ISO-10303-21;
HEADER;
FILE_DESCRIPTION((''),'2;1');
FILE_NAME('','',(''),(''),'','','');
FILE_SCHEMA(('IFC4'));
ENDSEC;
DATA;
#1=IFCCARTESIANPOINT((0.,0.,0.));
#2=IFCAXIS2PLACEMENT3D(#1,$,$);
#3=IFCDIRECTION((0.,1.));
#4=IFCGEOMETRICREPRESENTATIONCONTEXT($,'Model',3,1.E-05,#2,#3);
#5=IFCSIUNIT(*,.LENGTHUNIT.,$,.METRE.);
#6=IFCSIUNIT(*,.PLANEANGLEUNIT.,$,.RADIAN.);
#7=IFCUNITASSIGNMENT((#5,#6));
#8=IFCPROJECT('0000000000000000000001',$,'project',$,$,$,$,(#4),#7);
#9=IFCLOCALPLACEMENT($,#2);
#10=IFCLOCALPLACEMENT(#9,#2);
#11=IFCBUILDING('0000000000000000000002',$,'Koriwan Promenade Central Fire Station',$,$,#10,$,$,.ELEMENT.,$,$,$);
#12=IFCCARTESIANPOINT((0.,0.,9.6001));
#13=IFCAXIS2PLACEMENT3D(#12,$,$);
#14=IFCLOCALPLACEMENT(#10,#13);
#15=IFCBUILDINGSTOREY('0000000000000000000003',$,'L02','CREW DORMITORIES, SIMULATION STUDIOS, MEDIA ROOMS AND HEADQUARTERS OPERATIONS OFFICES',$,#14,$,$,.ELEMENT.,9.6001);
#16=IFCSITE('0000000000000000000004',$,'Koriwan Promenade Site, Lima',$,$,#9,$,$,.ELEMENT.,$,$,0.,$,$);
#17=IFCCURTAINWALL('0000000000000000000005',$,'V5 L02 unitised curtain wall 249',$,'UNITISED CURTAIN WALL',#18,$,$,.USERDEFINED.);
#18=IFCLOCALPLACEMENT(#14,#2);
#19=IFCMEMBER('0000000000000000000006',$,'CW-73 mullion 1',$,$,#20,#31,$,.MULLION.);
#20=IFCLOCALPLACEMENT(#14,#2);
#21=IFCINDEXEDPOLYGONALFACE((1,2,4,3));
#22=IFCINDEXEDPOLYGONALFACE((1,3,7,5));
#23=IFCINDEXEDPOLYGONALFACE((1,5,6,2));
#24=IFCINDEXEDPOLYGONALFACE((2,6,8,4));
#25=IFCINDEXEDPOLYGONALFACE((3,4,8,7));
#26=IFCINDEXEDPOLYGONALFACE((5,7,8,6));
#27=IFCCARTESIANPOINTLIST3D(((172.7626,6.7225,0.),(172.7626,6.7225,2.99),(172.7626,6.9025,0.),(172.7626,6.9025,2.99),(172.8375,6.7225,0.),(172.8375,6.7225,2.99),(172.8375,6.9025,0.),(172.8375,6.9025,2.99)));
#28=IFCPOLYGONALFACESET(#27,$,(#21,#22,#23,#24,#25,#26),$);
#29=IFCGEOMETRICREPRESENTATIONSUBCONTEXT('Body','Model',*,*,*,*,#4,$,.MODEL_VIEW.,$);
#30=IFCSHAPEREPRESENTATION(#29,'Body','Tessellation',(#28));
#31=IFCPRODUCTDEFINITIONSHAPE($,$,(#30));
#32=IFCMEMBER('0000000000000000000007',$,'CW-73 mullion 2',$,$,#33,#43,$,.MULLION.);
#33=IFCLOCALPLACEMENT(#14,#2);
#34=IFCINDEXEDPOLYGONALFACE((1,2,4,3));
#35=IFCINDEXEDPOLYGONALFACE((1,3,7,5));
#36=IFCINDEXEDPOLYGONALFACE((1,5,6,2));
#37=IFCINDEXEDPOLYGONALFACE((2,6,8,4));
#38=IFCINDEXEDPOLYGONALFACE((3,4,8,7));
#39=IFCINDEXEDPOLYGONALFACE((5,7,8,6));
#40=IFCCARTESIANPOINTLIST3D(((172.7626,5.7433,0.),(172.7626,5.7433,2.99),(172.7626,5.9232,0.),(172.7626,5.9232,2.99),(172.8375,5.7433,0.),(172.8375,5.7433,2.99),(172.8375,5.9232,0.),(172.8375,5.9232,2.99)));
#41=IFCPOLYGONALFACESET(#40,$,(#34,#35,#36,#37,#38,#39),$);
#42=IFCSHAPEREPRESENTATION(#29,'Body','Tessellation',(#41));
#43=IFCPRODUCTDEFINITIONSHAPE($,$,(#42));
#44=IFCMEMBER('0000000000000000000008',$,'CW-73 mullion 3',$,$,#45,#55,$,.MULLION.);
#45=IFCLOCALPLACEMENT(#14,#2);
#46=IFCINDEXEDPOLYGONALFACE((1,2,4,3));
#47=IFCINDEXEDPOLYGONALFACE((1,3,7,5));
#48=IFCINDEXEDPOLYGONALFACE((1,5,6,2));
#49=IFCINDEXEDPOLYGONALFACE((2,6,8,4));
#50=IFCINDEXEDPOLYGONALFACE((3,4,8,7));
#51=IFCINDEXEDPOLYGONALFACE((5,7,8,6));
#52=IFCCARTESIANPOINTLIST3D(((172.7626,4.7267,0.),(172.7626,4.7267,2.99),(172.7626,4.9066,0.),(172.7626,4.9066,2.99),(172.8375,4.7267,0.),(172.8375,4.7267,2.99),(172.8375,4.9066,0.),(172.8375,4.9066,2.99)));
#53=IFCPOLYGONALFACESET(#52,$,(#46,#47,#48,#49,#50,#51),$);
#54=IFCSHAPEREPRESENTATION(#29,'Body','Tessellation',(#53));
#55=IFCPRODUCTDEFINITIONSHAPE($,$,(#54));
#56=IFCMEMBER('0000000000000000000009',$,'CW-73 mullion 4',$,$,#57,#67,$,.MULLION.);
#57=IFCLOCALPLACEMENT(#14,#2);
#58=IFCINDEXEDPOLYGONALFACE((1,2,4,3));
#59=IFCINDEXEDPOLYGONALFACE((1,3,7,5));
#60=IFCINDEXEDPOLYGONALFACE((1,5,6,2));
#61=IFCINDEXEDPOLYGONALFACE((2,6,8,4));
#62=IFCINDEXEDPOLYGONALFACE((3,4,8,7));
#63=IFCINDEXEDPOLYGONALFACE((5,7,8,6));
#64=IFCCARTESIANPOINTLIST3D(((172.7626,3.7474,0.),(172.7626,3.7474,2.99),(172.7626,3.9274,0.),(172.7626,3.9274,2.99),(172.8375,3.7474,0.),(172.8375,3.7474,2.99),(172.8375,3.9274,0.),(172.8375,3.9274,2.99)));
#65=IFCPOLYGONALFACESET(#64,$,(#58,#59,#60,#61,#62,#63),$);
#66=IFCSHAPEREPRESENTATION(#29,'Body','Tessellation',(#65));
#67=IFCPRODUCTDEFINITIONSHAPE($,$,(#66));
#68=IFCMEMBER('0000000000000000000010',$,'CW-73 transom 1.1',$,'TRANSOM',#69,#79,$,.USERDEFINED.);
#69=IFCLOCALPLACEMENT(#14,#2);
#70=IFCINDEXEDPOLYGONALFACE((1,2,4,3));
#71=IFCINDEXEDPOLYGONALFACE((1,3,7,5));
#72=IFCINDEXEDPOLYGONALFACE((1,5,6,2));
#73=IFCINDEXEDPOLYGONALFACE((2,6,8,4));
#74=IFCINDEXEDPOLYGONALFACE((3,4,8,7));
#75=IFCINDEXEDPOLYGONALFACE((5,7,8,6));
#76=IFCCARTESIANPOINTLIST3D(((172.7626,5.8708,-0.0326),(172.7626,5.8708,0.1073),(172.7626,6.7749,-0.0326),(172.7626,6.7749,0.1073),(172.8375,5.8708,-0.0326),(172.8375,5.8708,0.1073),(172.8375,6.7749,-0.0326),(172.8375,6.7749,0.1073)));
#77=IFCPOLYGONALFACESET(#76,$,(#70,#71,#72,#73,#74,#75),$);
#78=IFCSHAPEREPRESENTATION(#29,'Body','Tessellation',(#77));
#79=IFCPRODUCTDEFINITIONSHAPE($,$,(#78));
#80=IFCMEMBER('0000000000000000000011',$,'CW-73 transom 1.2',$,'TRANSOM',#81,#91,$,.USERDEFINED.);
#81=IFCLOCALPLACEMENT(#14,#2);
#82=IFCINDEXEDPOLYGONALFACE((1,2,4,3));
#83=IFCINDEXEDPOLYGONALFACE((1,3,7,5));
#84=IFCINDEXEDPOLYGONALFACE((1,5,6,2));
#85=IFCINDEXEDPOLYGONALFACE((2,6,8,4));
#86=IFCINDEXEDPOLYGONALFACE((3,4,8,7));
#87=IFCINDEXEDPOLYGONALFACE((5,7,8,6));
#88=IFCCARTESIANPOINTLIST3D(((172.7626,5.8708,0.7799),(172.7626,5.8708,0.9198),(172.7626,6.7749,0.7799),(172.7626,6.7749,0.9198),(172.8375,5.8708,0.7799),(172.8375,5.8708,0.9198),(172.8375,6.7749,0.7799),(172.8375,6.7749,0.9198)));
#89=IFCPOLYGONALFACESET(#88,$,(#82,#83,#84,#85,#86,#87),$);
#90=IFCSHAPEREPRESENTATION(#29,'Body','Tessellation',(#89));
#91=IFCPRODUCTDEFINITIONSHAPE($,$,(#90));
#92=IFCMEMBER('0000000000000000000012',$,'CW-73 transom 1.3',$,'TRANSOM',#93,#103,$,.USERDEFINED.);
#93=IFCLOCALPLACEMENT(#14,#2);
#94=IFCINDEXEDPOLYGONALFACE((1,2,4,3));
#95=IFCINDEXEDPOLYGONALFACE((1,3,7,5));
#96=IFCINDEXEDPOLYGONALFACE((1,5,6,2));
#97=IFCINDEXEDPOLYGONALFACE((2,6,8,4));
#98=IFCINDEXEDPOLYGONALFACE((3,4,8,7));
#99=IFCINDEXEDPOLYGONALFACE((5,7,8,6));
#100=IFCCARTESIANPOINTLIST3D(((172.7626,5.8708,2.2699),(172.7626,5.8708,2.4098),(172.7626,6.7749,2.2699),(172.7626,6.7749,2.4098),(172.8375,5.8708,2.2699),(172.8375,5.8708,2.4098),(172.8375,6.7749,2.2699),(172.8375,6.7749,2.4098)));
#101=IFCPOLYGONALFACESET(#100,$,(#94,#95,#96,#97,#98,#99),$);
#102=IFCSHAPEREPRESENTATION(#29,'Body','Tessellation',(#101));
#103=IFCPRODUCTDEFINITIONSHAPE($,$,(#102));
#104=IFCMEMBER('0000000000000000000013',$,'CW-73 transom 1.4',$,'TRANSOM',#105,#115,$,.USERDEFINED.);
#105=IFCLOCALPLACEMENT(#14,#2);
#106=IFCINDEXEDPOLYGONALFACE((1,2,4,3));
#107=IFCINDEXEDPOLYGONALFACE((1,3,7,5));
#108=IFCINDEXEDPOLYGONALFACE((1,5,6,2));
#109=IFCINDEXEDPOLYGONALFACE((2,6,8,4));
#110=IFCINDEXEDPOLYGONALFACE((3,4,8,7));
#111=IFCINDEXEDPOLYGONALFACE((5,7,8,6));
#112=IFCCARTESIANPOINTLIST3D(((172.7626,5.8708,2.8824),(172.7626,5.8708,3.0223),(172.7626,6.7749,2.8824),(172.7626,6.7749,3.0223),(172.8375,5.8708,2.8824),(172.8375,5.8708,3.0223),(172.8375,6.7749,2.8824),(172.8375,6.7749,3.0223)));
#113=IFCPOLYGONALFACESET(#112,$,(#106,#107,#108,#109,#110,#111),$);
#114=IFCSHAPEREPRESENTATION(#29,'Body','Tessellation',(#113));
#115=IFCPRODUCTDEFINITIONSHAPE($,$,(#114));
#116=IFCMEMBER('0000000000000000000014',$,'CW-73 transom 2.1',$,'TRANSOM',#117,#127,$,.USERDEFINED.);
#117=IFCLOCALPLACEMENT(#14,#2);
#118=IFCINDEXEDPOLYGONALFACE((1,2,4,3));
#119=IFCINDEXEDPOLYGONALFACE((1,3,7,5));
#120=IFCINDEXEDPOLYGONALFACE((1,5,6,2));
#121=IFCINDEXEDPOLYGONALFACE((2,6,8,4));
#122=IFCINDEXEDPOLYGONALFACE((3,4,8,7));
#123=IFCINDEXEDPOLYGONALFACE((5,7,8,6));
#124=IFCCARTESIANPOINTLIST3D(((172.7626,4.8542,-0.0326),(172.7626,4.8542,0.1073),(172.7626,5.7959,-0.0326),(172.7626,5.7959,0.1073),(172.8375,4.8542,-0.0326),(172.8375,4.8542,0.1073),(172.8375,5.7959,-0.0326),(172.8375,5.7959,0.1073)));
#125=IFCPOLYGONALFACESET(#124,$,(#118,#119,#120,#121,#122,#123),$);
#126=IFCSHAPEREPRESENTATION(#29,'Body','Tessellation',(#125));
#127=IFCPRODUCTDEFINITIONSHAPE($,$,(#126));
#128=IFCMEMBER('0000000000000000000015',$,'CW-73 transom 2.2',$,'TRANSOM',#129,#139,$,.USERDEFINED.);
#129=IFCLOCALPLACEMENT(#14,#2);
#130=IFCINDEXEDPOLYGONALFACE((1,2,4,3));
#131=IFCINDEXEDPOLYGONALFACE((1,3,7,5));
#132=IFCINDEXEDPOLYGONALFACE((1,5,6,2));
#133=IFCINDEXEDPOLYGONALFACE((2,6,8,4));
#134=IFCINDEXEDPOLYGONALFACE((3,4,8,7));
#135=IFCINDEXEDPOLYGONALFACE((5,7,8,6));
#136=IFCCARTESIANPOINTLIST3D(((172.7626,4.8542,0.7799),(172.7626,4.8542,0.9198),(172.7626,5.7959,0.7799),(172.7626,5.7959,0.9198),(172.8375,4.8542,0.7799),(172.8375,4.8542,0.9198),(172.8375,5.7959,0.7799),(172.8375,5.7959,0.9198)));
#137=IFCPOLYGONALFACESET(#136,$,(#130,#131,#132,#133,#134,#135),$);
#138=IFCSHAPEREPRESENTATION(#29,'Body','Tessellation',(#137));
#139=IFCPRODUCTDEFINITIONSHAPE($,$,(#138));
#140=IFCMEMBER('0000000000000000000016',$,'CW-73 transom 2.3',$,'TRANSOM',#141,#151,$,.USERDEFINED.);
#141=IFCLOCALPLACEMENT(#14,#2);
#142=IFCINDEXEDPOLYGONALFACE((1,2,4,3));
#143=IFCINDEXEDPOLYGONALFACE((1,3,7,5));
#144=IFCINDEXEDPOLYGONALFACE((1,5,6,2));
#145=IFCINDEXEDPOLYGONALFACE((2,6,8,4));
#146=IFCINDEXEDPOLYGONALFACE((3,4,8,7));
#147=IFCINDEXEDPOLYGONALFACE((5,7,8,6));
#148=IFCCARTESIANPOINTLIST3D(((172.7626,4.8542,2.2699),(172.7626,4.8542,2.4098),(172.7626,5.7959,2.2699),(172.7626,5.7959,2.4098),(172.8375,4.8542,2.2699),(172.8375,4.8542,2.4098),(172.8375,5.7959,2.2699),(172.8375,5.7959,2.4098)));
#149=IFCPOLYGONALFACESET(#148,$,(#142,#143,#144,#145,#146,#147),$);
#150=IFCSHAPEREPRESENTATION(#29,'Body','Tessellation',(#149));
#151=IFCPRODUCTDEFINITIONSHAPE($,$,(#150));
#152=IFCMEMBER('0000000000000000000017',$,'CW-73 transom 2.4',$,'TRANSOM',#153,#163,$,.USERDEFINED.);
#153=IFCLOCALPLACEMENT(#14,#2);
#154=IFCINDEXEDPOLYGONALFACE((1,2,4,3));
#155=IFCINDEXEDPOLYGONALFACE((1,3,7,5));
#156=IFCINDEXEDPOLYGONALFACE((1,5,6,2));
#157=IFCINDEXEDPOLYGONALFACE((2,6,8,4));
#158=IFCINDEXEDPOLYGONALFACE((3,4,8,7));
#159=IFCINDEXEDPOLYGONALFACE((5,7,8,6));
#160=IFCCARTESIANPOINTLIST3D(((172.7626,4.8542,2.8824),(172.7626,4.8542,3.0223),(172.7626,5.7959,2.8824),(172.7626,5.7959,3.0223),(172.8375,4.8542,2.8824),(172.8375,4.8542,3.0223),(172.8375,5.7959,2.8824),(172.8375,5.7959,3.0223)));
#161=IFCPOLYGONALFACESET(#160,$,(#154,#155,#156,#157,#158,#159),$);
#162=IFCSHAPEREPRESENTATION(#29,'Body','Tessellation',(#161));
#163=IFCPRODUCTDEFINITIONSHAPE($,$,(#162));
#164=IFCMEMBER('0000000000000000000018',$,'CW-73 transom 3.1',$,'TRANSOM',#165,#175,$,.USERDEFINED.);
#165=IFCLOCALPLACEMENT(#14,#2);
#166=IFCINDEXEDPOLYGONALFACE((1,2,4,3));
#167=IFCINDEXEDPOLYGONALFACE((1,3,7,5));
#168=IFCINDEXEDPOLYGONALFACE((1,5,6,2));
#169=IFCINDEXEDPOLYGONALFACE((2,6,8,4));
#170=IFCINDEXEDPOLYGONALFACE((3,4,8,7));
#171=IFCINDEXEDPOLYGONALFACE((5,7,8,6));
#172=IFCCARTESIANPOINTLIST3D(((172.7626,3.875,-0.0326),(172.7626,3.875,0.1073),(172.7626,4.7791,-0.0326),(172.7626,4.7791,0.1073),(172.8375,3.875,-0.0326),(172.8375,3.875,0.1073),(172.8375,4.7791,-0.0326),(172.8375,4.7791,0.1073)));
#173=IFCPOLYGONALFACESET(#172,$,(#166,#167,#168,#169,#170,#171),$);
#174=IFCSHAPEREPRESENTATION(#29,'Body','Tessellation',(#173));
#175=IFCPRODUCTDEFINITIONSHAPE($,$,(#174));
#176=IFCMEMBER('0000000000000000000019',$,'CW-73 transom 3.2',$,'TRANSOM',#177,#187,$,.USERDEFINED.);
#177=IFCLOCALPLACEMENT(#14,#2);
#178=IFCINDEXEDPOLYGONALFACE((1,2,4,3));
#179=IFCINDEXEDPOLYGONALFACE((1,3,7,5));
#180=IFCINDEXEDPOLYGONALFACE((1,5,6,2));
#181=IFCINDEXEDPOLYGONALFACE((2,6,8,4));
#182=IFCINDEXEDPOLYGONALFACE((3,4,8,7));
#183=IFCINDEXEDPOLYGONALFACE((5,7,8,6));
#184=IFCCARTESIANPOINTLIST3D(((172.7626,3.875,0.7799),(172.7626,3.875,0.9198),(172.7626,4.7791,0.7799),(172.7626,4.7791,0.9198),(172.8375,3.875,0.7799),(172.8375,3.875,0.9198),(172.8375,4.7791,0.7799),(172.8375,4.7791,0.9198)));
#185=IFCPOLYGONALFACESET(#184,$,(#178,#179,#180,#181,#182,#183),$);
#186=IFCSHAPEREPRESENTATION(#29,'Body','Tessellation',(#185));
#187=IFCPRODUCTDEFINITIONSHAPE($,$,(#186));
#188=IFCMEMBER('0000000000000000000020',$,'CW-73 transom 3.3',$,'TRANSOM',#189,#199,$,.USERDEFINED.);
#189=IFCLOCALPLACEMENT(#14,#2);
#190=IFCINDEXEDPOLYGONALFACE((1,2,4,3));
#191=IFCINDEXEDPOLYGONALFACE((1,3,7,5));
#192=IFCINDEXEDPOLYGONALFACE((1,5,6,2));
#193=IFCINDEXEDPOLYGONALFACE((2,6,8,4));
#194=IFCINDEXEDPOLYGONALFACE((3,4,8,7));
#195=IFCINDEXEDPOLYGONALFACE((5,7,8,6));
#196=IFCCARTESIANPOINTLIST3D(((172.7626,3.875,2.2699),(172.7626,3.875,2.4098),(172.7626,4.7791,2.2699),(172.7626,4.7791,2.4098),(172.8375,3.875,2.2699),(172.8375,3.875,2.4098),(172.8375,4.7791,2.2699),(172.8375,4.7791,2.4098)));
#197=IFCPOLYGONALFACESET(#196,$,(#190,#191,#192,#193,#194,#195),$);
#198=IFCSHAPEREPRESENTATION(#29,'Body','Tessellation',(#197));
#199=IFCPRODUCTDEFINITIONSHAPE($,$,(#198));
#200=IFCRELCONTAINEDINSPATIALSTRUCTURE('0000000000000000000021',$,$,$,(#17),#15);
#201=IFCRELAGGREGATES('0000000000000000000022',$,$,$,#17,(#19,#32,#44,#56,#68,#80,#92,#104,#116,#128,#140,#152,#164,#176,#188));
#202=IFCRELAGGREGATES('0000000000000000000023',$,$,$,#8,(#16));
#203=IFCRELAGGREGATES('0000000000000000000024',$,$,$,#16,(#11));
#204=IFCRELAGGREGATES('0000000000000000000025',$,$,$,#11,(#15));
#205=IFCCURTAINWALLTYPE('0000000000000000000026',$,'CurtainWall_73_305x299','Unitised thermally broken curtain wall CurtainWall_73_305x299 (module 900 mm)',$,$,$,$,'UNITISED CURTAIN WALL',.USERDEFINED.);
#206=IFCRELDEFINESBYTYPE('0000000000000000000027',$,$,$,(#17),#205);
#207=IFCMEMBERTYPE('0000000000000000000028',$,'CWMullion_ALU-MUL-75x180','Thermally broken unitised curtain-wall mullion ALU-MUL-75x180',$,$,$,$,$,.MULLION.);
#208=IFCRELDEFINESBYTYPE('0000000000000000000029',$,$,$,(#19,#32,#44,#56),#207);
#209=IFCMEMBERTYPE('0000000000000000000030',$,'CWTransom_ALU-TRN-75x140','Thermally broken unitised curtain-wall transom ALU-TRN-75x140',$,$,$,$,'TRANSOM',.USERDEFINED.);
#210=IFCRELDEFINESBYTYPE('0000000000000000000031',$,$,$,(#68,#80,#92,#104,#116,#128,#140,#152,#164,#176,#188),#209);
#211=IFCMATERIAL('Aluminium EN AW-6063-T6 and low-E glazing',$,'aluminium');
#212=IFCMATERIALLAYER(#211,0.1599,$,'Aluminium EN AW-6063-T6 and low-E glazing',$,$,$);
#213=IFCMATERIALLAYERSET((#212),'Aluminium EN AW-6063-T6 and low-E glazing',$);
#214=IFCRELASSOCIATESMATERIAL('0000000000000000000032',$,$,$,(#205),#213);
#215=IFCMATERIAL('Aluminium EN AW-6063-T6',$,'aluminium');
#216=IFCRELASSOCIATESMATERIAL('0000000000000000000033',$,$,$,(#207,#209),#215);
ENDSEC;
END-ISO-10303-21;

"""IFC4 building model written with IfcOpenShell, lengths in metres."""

from ifc_helpers import new_model, si_unit, direction, frame, origin, origin_2d, place, context, subcontext, project, spatial, rectangle, extrude, material, layer, layer_set, material_profile, profile_set, type_object, element, aggregate, save


model = new_model("IFC4")

# Units and contexts
model_context = context("Model", 3, precision=1e-05, world=origin(), true_north=direction((0.0, 1.0)))
body_context = subcontext(model_context, "Body", "Model", "MODEL_VIEW")
ifc_project = project(units=[si_unit("LENGTHUNIT", "METRE"), si_unit("PLANEANGLEUNIT", "RADIAN")], contexts=[model_context])

# Site, building, storey
site_placement = place(None, origin())
site = spatial("IfcSite", under=ifc_project, at=site_placement, Name="Koriwan Promenade Site, Lima", CompositionType="ELEMENT", RefElevation=0.0)
building_placement = place(site_placement, origin())
building = spatial("IfcBuilding", under=site, at=building_placement, Name="Koriwan Promenade Central Fire Station", CompositionType="ELEMENT")
storey_placement = place(building_placement, frame((0.0, 0.0, 9.6001)))
storey = spatial("IfcBuildingStorey", under=building, at=storey_placement, Name="L02", Description="CREW DORMITORIES, SIMULATION STUDIOS, MEDIA ROOMS AND HEADQUARTERS OPERATIONS OFFICES", CompositionType="ELEMENT", Elevation=9.6001)

# Curtain wall, members
ifc_material_1 = material(Name="Aluminium EN AW-6063-T6 and low-E glazing", Category="aluminium")
ifc_layer_1 = layer(ifc_material_1, 0.1599, Name="Aluminium EN AW-6063-T6 and low-E glazing")
ifc_layer_set_1 = layer_set([ifc_layer_1], Name="Aluminium EN AW-6063-T6 and low-E glazing")
curtain_wall_type = type_object("IfcCurtainWallType", Name="CurtainWall_73_305x299", Description="Unitised thermally broken curtain wall CurtainWall_73_305x299 (module 900 mm)", ElementType="UNITISED CURTAIN WALL", PredefinedType="USERDEFINED", material=ifc_layer_set_1)
curtain_wall_placement = place(storey_placement, origin())
curtain_wall = element("IfcCurtainWall", 1, at=curtain_wall_placement, inside=storey, type_object=curtain_wall_type, Name="V5 L02 unitised curtain wall 249", ObjectType="UNITISED CURTAIN WALL", PredefinedType="USERDEFINED")
ifc_material_2 = material(Name="Aluminium EN AW-6063-T6", Category="aluminium")
ifc_material_profile_1 = material_profile(ifc_material_2, rectangle(XDim=0.075, YDim=0.1799, at=origin_2d()), Name="ALU-MUL-75x180")
ifc_profile_set_1 = profile_set([ifc_material_profile_1], Name="Aluminium EN AW-6063-T6")
member_type_1 = type_object("IfcMemberType", Name="CWMullion_ALU-MUL-75x180", Description="Thermally broken unitised curtain-wall mullion ALU-MUL-75x180", PredefinedType="MULLION", material=ifc_profile_set_1)
member_1_placement = place(storey_placement, frame((172.8, 6.8125, 0.0), z_axis=(0.0, 0.0, 1.0), x_axis=(1.0, 0.0, 0.0)))
member_1 = element("IfcMember", 2, at=member_1_placement, type_object=member_type_1, Name="CW-73 mullion 1", PredefinedType="MULLION", context=body_context, shape_type="SweptSolid", body=[
    extrude(rectangle(XDim=0.075, YDim=0.1799, at=origin_2d()), origin(), (0.0, 0.0, 1.0), 2.99),
])
member_2_placement = place(storey_placement, frame((172.8, 5.8333, 0.0), z_axis=(0.0, 0.0, 1.0), x_axis=(1.0, 0.0, 0.0)))
member_2 = element("IfcMember", 3, at=member_2_placement, type_object=member_type_1, Name="CW-73 mullion 2", PredefinedType="MULLION", context=body_context, shape_type="SweptSolid", body=[
    extrude(rectangle(XDim=0.075, YDim=0.1799, at=origin_2d()), origin(), (0.0, 0.0, 1.0), 2.99),
])
member_3_placement = place(storey_placement, frame((172.8, 4.8167, 0.0), z_axis=(0.0, 0.0, 1.0), x_axis=(1.0, 0.0, 0.0)))
member_3 = element("IfcMember", 4, at=member_3_placement, type_object=member_type_1, Name="CW-73 mullion 3", PredefinedType="MULLION", context=body_context, shape_type="SweptSolid", body=[
    extrude(rectangle(XDim=0.075, YDim=0.1799, at=origin_2d()), origin(), (0.0, 0.0, 1.0), 2.99),
])
member_4_placement = place(storey_placement, frame((172.8, 3.8374, 0.0), z_axis=(0.0, 0.0, 1.0), x_axis=(1.0, 0.0, 0.0)))
member_4 = element("IfcMember", 5, at=member_4_placement, type_object=member_type_1, Name="CW-73 mullion 4", PredefinedType="MULLION", context=body_context, shape_type="SweptSolid", body=[
    extrude(rectangle(XDim=0.075, YDim=0.1799, at=origin_2d()), origin(), (0.0, 0.0, 1.0), 2.99),
])
ifc_material_profile_2 = material_profile(ifc_material_2, rectangle(XDim=0.075, YDim=0.1399, at=origin_2d()), Name="ALU-TRN-75x140")
ifc_profile_set_2 = profile_set([ifc_material_profile_2], Name="Aluminium EN AW-6063-T6")
member_type_2 = type_object("IfcMemberType", Name="CWTransom_ALU-TRN-75x140", Description="Thermally broken unitised curtain-wall transom ALU-TRN-75x140", ElementType="TRANSOM", PredefinedType="USERDEFINED", material=ifc_profile_set_2)
member_5_placement = place(storey_placement, frame((172.8, 6.7749, 0.0374), z_axis=(0.0, -1.0, 0.0), x_axis=(1.0, 0.0, 0.0)))
member_5 = element("IfcMember", 6, at=member_5_placement, type_object=member_type_2, Name="CW-73 transom 1.1", ObjectType="TRANSOM", PredefinedType="USERDEFINED", context=body_context, shape_type="SweptSolid", body=[
    extrude(rectangle(XDim=0.075, YDim=0.1399, at=origin_2d()), origin(), (0.0, 0.0, 1.0), 0.9041),
])
member_6_placement = place(storey_placement, frame((172.8, 6.7749, 0.8499), z_axis=(0.0, -1.0, 0.0), x_axis=(1.0, 0.0, 0.0)))
member_6 = element("IfcMember", 7, at=member_6_placement, type_object=member_type_2, Name="CW-73 transom 1.2", ObjectType="TRANSOM", PredefinedType="USERDEFINED", context=body_context, shape_type="SweptSolid", body=[
    extrude(rectangle(XDim=0.075, YDim=0.1399, at=origin_2d()), origin(), (0.0, 0.0, 1.0), 0.9041),
])
member_7_placement = place(storey_placement, frame((172.8, 6.7749, 2.3398), z_axis=(0.0, -1.0, 0.0), x_axis=(1.0, 0.0, 0.0)))
member_7 = element("IfcMember", 8, at=member_7_placement, type_object=member_type_2, Name="CW-73 transom 1.3", ObjectType="TRANSOM", PredefinedType="USERDEFINED", context=body_context, shape_type="SweptSolid", body=[
    extrude(rectangle(XDim=0.075, YDim=0.1399, at=origin_2d()), origin(), (0.0, 0.0, 1.0), 0.9041),
])
member_8_placement = place(storey_placement, frame((172.8, 6.7749, 2.9524), z_axis=(0.0, -1.0, 0.0), x_axis=(1.0, 0.0, 0.0)))
member_8 = element("IfcMember", 9, at=member_8_placement, type_object=member_type_2, Name="CW-73 transom 1.4", ObjectType="TRANSOM", PredefinedType="USERDEFINED", context=body_context, shape_type="SweptSolid", body=[
    extrude(rectangle(XDim=0.075, YDim=0.1399, at=origin_2d()), origin(), (0.0, 0.0, 1.0), 0.9041),
])
member_9_placement = place(storey_placement, frame((172.8, 5.7959, 0.0374), z_axis=(0.0, -1.0, 0.0), x_axis=(1.0, 0.0, 0.0)))
member_9 = element("IfcMember", 10, at=member_9_placement, type_object=member_type_2, Name="CW-73 transom 2.1", ObjectType="TRANSOM", PredefinedType="USERDEFINED", context=body_context, shape_type="SweptSolid", body=[
    extrude(rectangle(XDim=0.075, YDim=0.1399, at=origin_2d()), origin(), (0.0, 0.0, 1.0), 0.9417),
])
member_10_placement = place(storey_placement, frame((172.8, 5.7959, 0.8499), z_axis=(0.0, -1.0, 0.0), x_axis=(1.0, 0.0, 0.0)))
member_10 = element("IfcMember", 11, at=member_10_placement, type_object=member_type_2, Name="CW-73 transom 2.2", ObjectType="TRANSOM", PredefinedType="USERDEFINED", context=body_context, shape_type="SweptSolid", body=[
    extrude(rectangle(XDim=0.075, YDim=0.1399, at=origin_2d()), origin(), (0.0, 0.0, 1.0), 0.9417),
])
member_11_placement = place(storey_placement, frame((172.8, 5.7959, 2.3398), z_axis=(0.0, -1.0, 0.0), x_axis=(1.0, 0.0, 0.0)))
member_11 = element("IfcMember", 12, at=member_11_placement, type_object=member_type_2, Name="CW-73 transom 2.3", ObjectType="TRANSOM", PredefinedType="USERDEFINED", context=body_context, shape_type="SweptSolid", body=[
    extrude(rectangle(XDim=0.075, YDim=0.1399, at=origin_2d()), origin(), (0.0, 0.0, 1.0), 0.9417),
])
member_12_placement = place(storey_placement, frame((172.8, 5.7959, 2.9524), z_axis=(0.0, -1.0, 0.0), x_axis=(1.0, 0.0, 0.0)))
member_12 = element("IfcMember", 13, at=member_12_placement, type_object=member_type_2, Name="CW-73 transom 2.4", ObjectType="TRANSOM", PredefinedType="USERDEFINED", context=body_context, shape_type="SweptSolid", body=[
    extrude(rectangle(XDim=0.075, YDim=0.1399, at=origin_2d()), origin(), (0.0, 0.0, 1.0), 0.9417),
])
member_13_placement = place(storey_placement, frame((172.8, 4.7791, 0.0374), z_axis=(0.0, -1.0, 0.0), x_axis=(1.0, 0.0, 0.0)))
member_13 = element("IfcMember", 14, at=member_13_placement, type_object=member_type_2, Name="CW-73 transom 3.1", ObjectType="TRANSOM", PredefinedType="USERDEFINED", context=body_context, shape_type="SweptSolid", body=[
    extrude(rectangle(XDim=0.075, YDim=0.1399, at=origin_2d()), origin(), (0.0, 0.0, 1.0), 0.9041),
])
member_14_placement = place(storey_placement, frame((172.8, 4.7791, 0.8499), z_axis=(0.0, -1.0, 0.0), x_axis=(1.0, 0.0, 0.0)))
member_14 = element("IfcMember", 15, at=member_14_placement, type_object=member_type_2, Name="CW-73 transom 3.2", ObjectType="TRANSOM", PredefinedType="USERDEFINED", context=body_context, shape_type="SweptSolid", body=[
    extrude(rectangle(XDim=0.075, YDim=0.1399, at=origin_2d()), origin(), (0.0, 0.0, 1.0), 0.9041),
])
member_15_placement = place(storey_placement, frame((172.8, 4.7791, 2.3398), z_axis=(0.0, -1.0, 0.0), x_axis=(1.0, 0.0, 0.0)))
member_15 = element("IfcMember", 16, at=member_15_placement, type_object=member_type_2, Name="CW-73 transom 3.3", ObjectType="TRANSOM", PredefinedType="USERDEFINED", context=body_context, shape_type="SweptSolid", body=[
    extrude(rectangle(XDim=0.075, YDim=0.1399, at=origin_2d()), origin(), (0.0, 0.0, 1.0), 0.9041),
])

aggregate(curtain_wall, [member_1, member_2, member_3, member_4, member_5, member_6, member_7, member_8, member_9, member_10, member_11, member_12, member_13, member_14, member_15])

save(model, "model.ifc")
